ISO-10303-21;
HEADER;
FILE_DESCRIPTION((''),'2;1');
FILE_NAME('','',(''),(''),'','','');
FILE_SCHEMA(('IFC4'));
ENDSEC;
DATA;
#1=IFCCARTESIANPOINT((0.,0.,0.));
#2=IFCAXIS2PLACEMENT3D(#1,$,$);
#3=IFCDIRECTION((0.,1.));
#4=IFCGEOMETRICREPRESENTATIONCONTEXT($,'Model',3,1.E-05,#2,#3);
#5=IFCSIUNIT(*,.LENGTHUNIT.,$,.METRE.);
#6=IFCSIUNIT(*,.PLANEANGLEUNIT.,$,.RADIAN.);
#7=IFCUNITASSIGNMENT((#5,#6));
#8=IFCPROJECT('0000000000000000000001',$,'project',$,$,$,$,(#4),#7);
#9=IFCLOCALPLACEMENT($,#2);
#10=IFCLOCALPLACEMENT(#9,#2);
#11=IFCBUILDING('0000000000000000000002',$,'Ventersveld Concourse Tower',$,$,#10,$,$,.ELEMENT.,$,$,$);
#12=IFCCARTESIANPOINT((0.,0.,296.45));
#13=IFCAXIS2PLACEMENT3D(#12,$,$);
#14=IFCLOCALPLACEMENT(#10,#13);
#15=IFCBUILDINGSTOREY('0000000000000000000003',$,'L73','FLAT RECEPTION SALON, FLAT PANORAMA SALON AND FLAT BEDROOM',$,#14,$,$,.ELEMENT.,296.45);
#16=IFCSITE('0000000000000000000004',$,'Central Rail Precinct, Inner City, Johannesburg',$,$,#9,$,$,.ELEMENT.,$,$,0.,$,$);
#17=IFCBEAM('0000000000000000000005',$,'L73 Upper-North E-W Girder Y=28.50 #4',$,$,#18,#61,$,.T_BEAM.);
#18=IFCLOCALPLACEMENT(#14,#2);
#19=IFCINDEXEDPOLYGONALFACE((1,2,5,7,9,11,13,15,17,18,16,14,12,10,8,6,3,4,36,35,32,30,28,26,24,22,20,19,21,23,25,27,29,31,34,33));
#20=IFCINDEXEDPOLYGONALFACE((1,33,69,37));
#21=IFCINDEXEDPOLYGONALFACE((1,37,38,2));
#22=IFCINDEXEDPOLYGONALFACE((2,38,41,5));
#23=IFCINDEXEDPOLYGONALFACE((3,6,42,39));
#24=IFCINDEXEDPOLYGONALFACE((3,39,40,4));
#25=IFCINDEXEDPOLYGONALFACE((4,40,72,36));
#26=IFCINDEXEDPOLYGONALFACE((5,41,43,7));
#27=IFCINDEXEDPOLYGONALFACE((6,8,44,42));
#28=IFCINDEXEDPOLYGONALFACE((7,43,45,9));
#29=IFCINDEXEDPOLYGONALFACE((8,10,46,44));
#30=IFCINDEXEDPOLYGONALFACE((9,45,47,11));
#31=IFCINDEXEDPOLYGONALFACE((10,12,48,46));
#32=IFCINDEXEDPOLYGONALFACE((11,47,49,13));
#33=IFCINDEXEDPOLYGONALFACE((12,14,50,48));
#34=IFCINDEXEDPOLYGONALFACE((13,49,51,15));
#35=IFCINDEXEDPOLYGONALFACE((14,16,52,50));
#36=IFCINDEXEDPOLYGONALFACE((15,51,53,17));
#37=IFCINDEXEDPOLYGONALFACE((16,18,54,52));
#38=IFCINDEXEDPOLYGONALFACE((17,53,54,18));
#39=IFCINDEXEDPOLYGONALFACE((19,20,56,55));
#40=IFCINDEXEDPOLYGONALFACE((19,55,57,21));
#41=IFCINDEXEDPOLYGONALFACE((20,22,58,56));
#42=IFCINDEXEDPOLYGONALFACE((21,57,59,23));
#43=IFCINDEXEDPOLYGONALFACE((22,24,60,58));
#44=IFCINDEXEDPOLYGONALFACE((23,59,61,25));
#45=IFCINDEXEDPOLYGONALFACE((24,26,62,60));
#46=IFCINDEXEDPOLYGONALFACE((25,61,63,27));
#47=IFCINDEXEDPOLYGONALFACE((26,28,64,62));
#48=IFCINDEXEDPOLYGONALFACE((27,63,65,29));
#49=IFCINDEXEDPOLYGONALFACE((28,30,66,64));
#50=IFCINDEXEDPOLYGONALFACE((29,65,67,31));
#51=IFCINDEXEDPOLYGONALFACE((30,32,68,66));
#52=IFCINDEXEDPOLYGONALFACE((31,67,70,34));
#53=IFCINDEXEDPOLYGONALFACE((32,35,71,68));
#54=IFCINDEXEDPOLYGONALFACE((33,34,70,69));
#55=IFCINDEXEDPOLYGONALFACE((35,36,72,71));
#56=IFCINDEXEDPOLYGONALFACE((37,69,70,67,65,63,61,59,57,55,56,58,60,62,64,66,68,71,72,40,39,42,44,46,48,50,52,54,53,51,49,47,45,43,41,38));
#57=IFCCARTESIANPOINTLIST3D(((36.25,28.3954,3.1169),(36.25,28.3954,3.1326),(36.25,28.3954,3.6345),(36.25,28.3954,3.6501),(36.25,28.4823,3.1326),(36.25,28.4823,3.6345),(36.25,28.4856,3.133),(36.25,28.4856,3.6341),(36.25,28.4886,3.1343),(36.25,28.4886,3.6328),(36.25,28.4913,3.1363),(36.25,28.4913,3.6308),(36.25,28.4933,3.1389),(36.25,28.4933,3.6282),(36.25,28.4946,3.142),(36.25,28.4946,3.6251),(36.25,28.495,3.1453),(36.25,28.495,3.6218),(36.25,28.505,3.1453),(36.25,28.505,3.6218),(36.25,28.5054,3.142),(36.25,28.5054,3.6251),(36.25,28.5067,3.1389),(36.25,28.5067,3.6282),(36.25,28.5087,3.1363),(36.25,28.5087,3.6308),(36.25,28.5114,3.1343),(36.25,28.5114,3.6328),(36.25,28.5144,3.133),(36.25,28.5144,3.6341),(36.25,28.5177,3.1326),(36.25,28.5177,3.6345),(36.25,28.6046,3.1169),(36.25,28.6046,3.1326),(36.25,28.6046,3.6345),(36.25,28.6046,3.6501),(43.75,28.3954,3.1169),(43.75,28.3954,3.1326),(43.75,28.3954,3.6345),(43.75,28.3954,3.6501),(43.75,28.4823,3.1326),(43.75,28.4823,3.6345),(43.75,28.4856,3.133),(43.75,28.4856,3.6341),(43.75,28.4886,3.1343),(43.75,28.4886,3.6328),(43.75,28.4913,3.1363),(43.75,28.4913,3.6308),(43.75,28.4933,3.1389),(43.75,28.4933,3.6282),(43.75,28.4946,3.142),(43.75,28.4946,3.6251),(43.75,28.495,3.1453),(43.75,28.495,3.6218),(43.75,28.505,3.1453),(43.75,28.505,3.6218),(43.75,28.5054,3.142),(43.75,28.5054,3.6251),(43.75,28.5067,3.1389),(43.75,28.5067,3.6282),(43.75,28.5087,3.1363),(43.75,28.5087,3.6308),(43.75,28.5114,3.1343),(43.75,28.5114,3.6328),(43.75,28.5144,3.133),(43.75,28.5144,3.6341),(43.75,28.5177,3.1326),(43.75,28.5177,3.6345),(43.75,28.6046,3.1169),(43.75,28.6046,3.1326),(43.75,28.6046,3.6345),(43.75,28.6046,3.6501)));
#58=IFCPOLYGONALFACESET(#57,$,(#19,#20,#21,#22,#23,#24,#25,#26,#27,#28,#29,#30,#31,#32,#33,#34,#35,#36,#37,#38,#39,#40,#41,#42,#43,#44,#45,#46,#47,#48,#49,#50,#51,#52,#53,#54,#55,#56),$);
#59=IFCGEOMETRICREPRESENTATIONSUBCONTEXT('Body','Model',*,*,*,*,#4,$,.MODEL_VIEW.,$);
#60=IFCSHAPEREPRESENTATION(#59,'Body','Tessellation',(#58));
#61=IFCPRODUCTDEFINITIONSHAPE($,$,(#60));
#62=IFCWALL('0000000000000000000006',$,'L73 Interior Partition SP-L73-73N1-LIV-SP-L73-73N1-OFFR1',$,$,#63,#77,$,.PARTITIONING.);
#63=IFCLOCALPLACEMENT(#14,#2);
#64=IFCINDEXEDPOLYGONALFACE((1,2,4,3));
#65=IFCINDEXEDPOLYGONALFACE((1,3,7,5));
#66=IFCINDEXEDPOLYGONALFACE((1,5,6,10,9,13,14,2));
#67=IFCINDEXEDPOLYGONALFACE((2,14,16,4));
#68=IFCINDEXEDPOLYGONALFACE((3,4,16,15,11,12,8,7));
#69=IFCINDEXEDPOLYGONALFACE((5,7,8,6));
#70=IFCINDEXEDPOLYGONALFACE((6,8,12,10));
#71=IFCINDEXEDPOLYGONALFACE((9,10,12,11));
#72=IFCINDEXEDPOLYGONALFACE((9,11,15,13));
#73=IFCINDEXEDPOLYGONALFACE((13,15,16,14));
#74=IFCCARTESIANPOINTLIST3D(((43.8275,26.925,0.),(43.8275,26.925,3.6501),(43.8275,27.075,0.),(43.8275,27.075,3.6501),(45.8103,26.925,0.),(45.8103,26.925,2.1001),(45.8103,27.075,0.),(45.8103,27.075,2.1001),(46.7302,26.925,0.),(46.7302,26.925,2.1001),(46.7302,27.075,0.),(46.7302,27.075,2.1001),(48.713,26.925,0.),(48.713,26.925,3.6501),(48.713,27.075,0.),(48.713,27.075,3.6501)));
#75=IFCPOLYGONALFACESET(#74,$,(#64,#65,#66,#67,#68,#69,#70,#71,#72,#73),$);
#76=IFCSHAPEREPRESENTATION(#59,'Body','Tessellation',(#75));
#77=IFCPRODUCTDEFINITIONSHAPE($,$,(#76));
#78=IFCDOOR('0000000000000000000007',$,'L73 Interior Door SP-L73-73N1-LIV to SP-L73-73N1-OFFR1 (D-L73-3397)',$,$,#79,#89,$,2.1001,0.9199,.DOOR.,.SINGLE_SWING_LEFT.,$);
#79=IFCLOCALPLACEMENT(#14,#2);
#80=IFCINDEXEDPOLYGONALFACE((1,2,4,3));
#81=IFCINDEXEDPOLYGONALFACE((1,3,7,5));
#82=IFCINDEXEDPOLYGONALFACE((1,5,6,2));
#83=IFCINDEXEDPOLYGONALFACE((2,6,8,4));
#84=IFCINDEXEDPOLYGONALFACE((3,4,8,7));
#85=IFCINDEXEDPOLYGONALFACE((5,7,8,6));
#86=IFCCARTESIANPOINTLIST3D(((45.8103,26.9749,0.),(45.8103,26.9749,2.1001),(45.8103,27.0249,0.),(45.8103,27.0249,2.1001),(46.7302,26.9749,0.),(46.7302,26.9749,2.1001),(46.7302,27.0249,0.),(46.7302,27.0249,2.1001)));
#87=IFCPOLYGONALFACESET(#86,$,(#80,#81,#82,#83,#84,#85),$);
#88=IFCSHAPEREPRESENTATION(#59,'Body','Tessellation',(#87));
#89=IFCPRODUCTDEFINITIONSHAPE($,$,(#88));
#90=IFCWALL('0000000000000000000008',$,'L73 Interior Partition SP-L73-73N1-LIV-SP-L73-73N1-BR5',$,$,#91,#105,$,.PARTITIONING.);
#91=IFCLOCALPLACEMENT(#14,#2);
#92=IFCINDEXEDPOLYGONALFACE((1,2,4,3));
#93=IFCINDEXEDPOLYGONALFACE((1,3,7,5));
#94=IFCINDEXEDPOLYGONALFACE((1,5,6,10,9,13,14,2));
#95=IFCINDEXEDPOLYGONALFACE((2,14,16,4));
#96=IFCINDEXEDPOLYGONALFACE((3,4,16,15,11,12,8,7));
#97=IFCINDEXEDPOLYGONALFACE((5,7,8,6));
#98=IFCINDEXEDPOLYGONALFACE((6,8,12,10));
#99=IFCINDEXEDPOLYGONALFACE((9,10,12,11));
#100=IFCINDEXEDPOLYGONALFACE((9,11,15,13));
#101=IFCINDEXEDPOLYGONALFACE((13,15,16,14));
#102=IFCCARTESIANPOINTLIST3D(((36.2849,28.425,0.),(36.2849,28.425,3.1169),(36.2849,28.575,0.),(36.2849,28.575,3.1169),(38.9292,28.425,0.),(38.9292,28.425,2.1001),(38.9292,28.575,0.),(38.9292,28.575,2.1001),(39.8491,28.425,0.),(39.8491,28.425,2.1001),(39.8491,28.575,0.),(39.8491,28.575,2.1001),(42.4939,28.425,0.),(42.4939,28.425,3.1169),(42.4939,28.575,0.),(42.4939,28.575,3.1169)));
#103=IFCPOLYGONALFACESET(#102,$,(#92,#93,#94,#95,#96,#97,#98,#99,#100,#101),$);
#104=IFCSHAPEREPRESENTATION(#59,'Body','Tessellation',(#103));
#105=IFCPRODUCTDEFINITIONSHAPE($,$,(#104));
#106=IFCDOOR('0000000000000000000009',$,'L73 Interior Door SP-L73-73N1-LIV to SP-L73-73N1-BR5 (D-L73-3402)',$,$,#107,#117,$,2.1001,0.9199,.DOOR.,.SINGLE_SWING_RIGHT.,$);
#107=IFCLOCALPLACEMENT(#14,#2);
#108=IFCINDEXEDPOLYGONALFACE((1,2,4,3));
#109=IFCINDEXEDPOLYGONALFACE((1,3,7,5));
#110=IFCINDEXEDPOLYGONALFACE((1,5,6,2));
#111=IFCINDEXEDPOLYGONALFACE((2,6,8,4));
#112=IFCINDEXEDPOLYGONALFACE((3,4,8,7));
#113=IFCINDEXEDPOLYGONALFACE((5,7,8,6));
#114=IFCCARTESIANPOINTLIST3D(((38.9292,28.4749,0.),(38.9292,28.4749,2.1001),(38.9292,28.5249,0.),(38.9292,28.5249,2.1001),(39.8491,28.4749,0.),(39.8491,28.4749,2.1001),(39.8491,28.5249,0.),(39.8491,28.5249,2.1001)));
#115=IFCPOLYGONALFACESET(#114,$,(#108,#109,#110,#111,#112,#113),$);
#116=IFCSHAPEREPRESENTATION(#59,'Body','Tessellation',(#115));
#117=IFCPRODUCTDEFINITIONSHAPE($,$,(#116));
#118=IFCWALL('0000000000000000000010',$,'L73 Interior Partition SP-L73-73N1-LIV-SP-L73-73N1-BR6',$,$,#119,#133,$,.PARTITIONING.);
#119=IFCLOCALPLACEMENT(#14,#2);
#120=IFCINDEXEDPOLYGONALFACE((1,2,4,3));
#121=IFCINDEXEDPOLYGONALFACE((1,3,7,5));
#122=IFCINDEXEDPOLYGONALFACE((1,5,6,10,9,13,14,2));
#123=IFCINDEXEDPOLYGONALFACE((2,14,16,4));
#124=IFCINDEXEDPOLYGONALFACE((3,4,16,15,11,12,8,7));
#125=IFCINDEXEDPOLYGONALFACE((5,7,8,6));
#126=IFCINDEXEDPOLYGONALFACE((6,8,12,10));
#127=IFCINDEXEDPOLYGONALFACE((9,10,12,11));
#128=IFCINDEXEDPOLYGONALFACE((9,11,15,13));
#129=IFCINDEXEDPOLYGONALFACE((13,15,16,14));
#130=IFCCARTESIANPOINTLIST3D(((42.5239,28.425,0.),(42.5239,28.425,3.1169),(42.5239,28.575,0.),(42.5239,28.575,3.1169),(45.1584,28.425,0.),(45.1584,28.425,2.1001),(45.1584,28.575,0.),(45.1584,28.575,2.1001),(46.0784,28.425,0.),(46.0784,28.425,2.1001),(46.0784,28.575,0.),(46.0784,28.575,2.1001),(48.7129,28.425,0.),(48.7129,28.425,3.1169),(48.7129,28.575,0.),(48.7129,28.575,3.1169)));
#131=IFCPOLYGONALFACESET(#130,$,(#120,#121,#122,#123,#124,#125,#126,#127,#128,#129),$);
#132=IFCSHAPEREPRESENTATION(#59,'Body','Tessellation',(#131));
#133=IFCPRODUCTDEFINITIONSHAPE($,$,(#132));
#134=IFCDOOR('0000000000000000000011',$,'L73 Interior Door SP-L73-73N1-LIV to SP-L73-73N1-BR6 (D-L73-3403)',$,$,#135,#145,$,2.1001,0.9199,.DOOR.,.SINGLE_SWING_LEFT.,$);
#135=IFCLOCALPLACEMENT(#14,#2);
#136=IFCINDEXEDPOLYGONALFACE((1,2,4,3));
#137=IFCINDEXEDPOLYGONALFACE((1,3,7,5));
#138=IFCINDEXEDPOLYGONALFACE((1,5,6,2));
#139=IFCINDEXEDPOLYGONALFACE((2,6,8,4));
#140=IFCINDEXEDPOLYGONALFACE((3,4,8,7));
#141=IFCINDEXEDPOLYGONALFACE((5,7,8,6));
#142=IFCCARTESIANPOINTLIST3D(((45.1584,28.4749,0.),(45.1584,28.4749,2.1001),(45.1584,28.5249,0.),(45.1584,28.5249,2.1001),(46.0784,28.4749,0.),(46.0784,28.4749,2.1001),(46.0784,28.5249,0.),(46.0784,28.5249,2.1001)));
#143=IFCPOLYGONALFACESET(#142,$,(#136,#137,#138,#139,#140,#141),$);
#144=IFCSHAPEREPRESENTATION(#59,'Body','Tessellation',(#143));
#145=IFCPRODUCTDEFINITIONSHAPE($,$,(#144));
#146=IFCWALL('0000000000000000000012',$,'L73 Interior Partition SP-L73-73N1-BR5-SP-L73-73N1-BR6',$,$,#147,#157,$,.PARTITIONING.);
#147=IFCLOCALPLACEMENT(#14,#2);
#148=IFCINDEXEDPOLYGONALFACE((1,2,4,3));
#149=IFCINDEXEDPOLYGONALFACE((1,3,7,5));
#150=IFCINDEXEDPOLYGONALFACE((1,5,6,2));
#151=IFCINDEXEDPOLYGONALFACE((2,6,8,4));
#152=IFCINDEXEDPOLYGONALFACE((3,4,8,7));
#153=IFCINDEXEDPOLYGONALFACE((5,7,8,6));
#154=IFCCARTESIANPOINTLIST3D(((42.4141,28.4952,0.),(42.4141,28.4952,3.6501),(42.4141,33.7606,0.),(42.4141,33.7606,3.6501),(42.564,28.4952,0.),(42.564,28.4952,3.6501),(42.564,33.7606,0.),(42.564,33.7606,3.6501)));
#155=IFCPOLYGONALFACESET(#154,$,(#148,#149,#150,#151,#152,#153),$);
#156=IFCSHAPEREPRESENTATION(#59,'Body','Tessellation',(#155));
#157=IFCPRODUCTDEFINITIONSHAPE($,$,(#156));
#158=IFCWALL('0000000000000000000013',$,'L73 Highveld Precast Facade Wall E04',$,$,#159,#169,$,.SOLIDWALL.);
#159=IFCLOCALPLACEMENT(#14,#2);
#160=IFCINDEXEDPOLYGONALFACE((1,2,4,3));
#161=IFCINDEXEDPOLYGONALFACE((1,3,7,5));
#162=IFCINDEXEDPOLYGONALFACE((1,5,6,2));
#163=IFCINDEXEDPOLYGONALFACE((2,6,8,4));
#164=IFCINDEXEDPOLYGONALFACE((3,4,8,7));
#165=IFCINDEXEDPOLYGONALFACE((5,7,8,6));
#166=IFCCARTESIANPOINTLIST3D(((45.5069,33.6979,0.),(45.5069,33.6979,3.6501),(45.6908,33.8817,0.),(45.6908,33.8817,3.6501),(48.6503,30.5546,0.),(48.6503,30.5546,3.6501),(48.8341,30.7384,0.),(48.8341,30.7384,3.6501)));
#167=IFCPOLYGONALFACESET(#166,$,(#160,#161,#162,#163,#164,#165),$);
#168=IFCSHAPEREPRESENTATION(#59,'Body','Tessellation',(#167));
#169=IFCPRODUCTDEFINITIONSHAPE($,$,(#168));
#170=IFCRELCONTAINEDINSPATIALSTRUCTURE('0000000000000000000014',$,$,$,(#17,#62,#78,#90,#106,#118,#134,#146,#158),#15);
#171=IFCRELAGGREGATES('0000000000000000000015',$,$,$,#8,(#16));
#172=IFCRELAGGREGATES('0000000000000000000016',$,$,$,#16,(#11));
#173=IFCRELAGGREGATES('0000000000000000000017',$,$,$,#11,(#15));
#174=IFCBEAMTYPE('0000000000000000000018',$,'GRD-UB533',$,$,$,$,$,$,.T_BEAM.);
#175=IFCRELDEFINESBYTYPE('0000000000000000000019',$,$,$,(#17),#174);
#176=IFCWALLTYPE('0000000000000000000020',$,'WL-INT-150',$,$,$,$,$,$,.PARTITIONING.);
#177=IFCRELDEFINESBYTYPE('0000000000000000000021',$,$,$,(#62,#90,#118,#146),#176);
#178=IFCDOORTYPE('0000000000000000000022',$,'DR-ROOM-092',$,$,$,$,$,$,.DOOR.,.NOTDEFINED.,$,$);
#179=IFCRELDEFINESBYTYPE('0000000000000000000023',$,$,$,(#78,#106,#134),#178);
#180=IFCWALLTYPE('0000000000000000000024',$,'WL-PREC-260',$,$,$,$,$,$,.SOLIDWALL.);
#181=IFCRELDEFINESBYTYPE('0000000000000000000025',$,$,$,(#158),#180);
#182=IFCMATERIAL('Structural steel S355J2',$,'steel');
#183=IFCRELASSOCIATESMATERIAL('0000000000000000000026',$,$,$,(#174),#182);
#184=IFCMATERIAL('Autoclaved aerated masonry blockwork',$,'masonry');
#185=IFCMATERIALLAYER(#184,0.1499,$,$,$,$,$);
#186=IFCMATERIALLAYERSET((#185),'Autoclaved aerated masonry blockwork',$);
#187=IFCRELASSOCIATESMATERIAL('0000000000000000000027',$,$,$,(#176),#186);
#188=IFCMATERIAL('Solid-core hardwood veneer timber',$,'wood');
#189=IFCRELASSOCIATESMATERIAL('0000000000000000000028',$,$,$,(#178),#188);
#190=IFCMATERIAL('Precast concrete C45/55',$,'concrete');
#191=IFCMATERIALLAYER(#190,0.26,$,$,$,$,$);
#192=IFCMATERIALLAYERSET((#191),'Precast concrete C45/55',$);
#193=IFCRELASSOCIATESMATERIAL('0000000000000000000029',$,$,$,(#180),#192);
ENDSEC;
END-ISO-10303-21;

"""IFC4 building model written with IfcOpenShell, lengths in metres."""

from ifc_helpers import new_model, si_unit, direction, frame, frame_2d, origin, origin_2d, place, context, subcontext, project, spatial, rectangle, i_section, extrude, material, layer, layer_set, material_profile, profile_set, type_object, element, fill, save


model = new_model("IFC4")

# Units and contexts
model_context = context("Model", 3, precision=1e-05, world=origin(), true_north=direction((0.0, 1.0)))
body_context = subcontext(model_context, "Body", "Model", "MODEL_VIEW")
ifc_project = project(units=[si_unit("LENGTHUNIT", "METRE"), si_unit("PLANEANGLEUNIT", "RADIAN")], contexts=[model_context])

# Site, building, storey
site_placement = place(None, origin())
site = spatial("IfcSite", under=ifc_project, at=site_placement, Name="Central Rail Precinct, Inner City, Johannesburg", CompositionType="ELEMENT", RefElevation=0.0)
building_placement = place(site_placement, origin())
building = spatial("IfcBuilding", under=site, at=building_placement, Name="Ventersveld Concourse Tower", CompositionType="ELEMENT")
storey_placement = place(building_placement, frame((0.0, 0.0, 296.45)))
storey = spatial("IfcBuildingStorey", under=building, at=storey_placement, Name="L73", Description="FLAT RECEPTION SALON, FLAT PANORAMA SALON AND FLAT BEDROOM", CompositionType="ELEMENT", Elevation=296.45)

# Beam
ifc_material_1 = material(Name="Structural steel S355J2", Category="steel")
ifc_material_profile_1 = material_profile(ifc_material_1, i_section(OverallWidth=0.2092, OverallDepth=0.5332, WebThickness=0.01, FlangeThickness=0.0156, FilletRadius=0.0127, at=origin_2d()), Name="UB 533x210x92")
ifc_profile_set_1 = profile_set([ifc_material_profile_1], Name="Structural steel S355J2")
beam_type_1 = type_object("IfcBeamType", Name="GRD-UB533", PredefinedType="T_BEAM", material=ifc_profile_set_1)
beam_1_placement = place(storey_placement, frame((36.25, 28.5, 3.3835), z_axis=(1.0, 0.0, 0.0), x_axis=(0.0, 1.0, 0.0)))
element("IfcBeam", 1, at=beam_1_placement, inside=storey, type_object=beam_type_1, Name="L73 Upper-North E-W Girder Y=28.50 #4", PredefinedType="T_BEAM", context=body_context, shape_type="SweptSolid", body=[
    extrude(i_section(OverallWidth=0.2092, OverallDepth=0.5332, WebThickness=0.01, FlangeThickness=0.0156, FilletRadius=0.0127, at=origin_2d()), origin(), (0.0, 0.0, 1.0), 7.5),
])

# Walls, openings, doors
ifc_material_2 = material(Name="Autoclaved aerated masonry blockwork", Category="masonry")
ifc_layer_1 = layer(ifc_material_2, 0.1499)
ifc_layer_set_1 = layer_set([ifc_layer_1], Name="Autoclaved aerated masonry blockwork")
wall_type_1 = type_object("IfcWallType", Name="WL-INT-150", PredefinedType="PARTITIONING", material=ifc_layer_set_1)
wall_1_placement = place(storey_placement, frame((43.8274, 27.0, 0.0), z_axis=(0.0, 0.0, 1.0), x_axis=(1.0, 0.0, 0.0)))
wall_1 = element("IfcWall", 2, at=wall_1_placement, inside=storey, type_object=wall_type_1, Name="L73 Interior Partition SP-L73-73N1-LIV-SP-L73-73N1-OFFR1", PredefinedType="PARTITIONING", context=body_context, shape_type="SweptSolid", body=[
    extrude(rectangle(XDim=4.8855, YDim=0.1499, at=frame_2d((2.4429, 0.0))), origin(), (0.0, 0.0, 1.0), 3.6501),
])
opening_1_placement = place(wall_1_placement, frame((1.9829, 0.0, 0.0)))
opening_1 = element("IfcOpeningElement", 3, at=opening_1_placement, cuts=wall_1, PredefinedType="OPENING", context=body_context, shape_type="SweptSolid", body=[
    extrude(rectangle(XDim=0.9199, YDim=2.1001, at=frame_2d((0.46, 1.05))), frame((0.0, 0.085, 0.0), z_axis=(0.0, -1.0, 0.0), x_axis=(1.0, 0.0, 0.0)), (0.0, 0.0, 1.0), 0.1699),
])
ifc_material_3 = material(Name="Solid-core hardwood veneer timber", Category="wood")
door_type = type_object("IfcDoorType", Name="DR-ROOM-092", OperationType="NOTDEFINED", PredefinedType="DOOR", material=ifc_material_3)
door_1_placement = place(opening_1_placement, origin())
door_1 = element("IfcDoor", 4, at=door_1_placement, inside=storey, type_object=door_type, Name="L73 Interior Door SP-L73-73N1-LIV to SP-L73-73N1-OFFR1 (D-L73-3397)", OperationType="SINGLE_SWING_LEFT", OverallHeight=2.1001, OverallWidth=0.9199, PredefinedType="DOOR", context=body_context, shape_type="SweptSolid", body=[
    extrude(rectangle(XDim=0.9199, YDim=2.1001, at=frame_2d((0.46, 1.05))), frame((0.0, 0.0249, 0.0), z_axis=(0.0, -1.0, 0.0), x_axis=(1.0, 0.0, 0.0)), (0.0, 0.0, 1.0), 0.05),
])
fill(opening_1, door_1)
wall_2_placement = place(storey_placement, frame((36.2849, 28.5, 0.0), z_axis=(0.0, 0.0, 1.0), x_axis=(1.0, 0.0, 0.0)))
wall_2 = element("IfcWall", 5, at=wall_2_placement, inside=storey, type_object=wall_type_1, Name="L73 Interior Partition SP-L73-73N1-LIV-SP-L73-73N1-BR5", PredefinedType="PARTITIONING", context=body_context, shape_type="SweptSolid", body=[
    extrude(rectangle(XDim=6.209, YDim=0.1499, at=frame_2d((3.1045, 0.0))), origin(), (0.0, 0.0, 1.0), 3.1169),
])
opening_2_placement = place(wall_2_placement, frame((2.6443, 0.0, 0.0)))
opening_2 = element("IfcOpeningElement", 6, at=opening_2_placement, cuts=wall_2, PredefinedType="OPENING", context=body_context, shape_type="SweptSolid", body=[
    extrude(rectangle(XDim=0.9199, YDim=2.1001, at=frame_2d((0.46, 1.05))), frame((0.0, 0.085, 0.0), z_axis=(0.0, -1.0, 0.0), x_axis=(1.0, 0.0, 0.0)), (0.0, 0.0, 1.0), 0.1699),
])
door_2_placement = place(opening_2_placement, origin())
door_2 = element("IfcDoor", 7, at=door_2_placement, inside=storey, type_object=door_type, Name="L73 Interior Door SP-L73-73N1-LIV to SP-L73-73N1-BR5 (D-L73-3402)", OperationType="SINGLE_SWING_RIGHT", OverallHeight=2.1001, OverallWidth=0.9199, PredefinedType="DOOR", context=body_context, shape_type="SweptSolid", body=[
    extrude(rectangle(XDim=0.9199, YDim=2.1001, at=frame_2d((0.46, 1.05))), frame((0.0, 0.0249, 0.0), z_axis=(0.0, -1.0, 0.0), x_axis=(1.0, 0.0, 0.0)), (0.0, 0.0, 1.0), 0.05),
])
fill(opening_2, door_2)
wall_3_placement = place(storey_placement, frame((42.5239, 28.5, 0.0), z_axis=(0.0, 0.0, 1.0), x_axis=(1.0, 0.0, 0.0)))
wall_3 = element("IfcWall", 8, at=wall_3_placement, inside=storey, type_object=wall_type_1, Name="L73 Interior Partition SP-L73-73N1-LIV-SP-L73-73N1-BR6", PredefinedType="PARTITIONING", context=body_context, shape_type="SweptSolid", body=[
    extrude(rectangle(XDim=6.189, YDim=0.1499, at=frame_2d((3.0945, 0.0))), origin(), (0.0, 0.0, 1.0), 3.1169),
])
opening_3_placement = place(wall_3_placement, frame((2.6345, 0.0, 0.0)))
opening_3 = element("IfcOpeningElement", 9, at=opening_3_placement, cuts=wall_3, PredefinedType="OPENING", context=body_context, shape_type="SweptSolid", body=[
    extrude(rectangle(XDim=0.9199, YDim=2.1001, at=frame_2d((0.46, 1.05))), frame((0.0, 0.085, 0.0), z_axis=(0.0, -1.0, 0.0), x_axis=(1.0, 0.0, 0.0)), (0.0, 0.0, 1.0), 0.1699),
])
door_3_placement = place(opening_3_placement, origin())
door_3 = element("IfcDoor", 10, at=door_3_placement, inside=storey, type_object=door_type, Name="L73 Interior Door SP-L73-73N1-LIV to SP-L73-73N1-BR6 (D-L73-3403)", OperationType="SINGLE_SWING_LEFT", OverallHeight=2.1001, OverallWidth=0.9199, PredefinedType="DOOR", context=body_context, shape_type="SweptSolid", body=[
    extrude(rectangle(XDim=0.9199, YDim=2.1001, at=frame_2d((0.46, 1.05))), frame((0.0, 0.0249, 0.0), z_axis=(0.0, -1.0, 0.0), x_axis=(1.0, 0.0, 0.0)), (0.0, 0.0, 1.0), 0.05),
])
fill(opening_3, door_3)

# Walls
wall_4_placement = place(storey_placement, frame((42.489, 28.4951, 0.0), z_axis=(0.0, 0.0, 1.0), x_axis=(0.0, 1.0, 0.0)))
element("IfcWall", 11, at=wall_4_placement, inside=storey, type_object=wall_type_1, Name="L73 Interior Partition SP-L73-73N1-BR5-SP-L73-73N1-BR6", PredefinedType="PARTITIONING", context=body_context, shape_type="SweptSolid", body=[
    extrude(rectangle(XDim=5.2654, YDim=0.1499, at=frame_2d((2.6328, 0.0))), origin(), (0.0, 0.0, 1.0), 3.6501),
])
ifc_material_4 = material(Name="Precast concrete C45/55", Category="concrete")
ifc_layer_2 = layer(ifc_material_4, 0.26)
ifc_layer_set_2 = layer_set([ifc_layer_2], Name="Precast concrete C45/55")
wall_type_2 = type_object("IfcWallType", Name="WL-PREC-260", PredefinedType="SOLIDWALL", material=ifc_layer_set_2)
wall_5_placement = place(storey_placement, frame((48.7422, 30.6465, 0.0), z_axis=(0.0, 0.0, 1.0), x_axis=(-0.707107, 0.707107, 0.0)))
element("IfcWall", 12, at=wall_5_placement, inside=storey, type_object=wall_type_2, Name="L73 Highveld Precast Facade Wall E04", PredefinedType="SOLIDWALL", context=body_context, shape_type="SweptSolid", body=[
    extrude(rectangle(XDim=4.4453, YDim=0.26, at=frame_2d((2.2227, 0.0))), origin(), (0.0, 0.0, 1.0), 3.6501),
])

save(model, "model.ifc")
